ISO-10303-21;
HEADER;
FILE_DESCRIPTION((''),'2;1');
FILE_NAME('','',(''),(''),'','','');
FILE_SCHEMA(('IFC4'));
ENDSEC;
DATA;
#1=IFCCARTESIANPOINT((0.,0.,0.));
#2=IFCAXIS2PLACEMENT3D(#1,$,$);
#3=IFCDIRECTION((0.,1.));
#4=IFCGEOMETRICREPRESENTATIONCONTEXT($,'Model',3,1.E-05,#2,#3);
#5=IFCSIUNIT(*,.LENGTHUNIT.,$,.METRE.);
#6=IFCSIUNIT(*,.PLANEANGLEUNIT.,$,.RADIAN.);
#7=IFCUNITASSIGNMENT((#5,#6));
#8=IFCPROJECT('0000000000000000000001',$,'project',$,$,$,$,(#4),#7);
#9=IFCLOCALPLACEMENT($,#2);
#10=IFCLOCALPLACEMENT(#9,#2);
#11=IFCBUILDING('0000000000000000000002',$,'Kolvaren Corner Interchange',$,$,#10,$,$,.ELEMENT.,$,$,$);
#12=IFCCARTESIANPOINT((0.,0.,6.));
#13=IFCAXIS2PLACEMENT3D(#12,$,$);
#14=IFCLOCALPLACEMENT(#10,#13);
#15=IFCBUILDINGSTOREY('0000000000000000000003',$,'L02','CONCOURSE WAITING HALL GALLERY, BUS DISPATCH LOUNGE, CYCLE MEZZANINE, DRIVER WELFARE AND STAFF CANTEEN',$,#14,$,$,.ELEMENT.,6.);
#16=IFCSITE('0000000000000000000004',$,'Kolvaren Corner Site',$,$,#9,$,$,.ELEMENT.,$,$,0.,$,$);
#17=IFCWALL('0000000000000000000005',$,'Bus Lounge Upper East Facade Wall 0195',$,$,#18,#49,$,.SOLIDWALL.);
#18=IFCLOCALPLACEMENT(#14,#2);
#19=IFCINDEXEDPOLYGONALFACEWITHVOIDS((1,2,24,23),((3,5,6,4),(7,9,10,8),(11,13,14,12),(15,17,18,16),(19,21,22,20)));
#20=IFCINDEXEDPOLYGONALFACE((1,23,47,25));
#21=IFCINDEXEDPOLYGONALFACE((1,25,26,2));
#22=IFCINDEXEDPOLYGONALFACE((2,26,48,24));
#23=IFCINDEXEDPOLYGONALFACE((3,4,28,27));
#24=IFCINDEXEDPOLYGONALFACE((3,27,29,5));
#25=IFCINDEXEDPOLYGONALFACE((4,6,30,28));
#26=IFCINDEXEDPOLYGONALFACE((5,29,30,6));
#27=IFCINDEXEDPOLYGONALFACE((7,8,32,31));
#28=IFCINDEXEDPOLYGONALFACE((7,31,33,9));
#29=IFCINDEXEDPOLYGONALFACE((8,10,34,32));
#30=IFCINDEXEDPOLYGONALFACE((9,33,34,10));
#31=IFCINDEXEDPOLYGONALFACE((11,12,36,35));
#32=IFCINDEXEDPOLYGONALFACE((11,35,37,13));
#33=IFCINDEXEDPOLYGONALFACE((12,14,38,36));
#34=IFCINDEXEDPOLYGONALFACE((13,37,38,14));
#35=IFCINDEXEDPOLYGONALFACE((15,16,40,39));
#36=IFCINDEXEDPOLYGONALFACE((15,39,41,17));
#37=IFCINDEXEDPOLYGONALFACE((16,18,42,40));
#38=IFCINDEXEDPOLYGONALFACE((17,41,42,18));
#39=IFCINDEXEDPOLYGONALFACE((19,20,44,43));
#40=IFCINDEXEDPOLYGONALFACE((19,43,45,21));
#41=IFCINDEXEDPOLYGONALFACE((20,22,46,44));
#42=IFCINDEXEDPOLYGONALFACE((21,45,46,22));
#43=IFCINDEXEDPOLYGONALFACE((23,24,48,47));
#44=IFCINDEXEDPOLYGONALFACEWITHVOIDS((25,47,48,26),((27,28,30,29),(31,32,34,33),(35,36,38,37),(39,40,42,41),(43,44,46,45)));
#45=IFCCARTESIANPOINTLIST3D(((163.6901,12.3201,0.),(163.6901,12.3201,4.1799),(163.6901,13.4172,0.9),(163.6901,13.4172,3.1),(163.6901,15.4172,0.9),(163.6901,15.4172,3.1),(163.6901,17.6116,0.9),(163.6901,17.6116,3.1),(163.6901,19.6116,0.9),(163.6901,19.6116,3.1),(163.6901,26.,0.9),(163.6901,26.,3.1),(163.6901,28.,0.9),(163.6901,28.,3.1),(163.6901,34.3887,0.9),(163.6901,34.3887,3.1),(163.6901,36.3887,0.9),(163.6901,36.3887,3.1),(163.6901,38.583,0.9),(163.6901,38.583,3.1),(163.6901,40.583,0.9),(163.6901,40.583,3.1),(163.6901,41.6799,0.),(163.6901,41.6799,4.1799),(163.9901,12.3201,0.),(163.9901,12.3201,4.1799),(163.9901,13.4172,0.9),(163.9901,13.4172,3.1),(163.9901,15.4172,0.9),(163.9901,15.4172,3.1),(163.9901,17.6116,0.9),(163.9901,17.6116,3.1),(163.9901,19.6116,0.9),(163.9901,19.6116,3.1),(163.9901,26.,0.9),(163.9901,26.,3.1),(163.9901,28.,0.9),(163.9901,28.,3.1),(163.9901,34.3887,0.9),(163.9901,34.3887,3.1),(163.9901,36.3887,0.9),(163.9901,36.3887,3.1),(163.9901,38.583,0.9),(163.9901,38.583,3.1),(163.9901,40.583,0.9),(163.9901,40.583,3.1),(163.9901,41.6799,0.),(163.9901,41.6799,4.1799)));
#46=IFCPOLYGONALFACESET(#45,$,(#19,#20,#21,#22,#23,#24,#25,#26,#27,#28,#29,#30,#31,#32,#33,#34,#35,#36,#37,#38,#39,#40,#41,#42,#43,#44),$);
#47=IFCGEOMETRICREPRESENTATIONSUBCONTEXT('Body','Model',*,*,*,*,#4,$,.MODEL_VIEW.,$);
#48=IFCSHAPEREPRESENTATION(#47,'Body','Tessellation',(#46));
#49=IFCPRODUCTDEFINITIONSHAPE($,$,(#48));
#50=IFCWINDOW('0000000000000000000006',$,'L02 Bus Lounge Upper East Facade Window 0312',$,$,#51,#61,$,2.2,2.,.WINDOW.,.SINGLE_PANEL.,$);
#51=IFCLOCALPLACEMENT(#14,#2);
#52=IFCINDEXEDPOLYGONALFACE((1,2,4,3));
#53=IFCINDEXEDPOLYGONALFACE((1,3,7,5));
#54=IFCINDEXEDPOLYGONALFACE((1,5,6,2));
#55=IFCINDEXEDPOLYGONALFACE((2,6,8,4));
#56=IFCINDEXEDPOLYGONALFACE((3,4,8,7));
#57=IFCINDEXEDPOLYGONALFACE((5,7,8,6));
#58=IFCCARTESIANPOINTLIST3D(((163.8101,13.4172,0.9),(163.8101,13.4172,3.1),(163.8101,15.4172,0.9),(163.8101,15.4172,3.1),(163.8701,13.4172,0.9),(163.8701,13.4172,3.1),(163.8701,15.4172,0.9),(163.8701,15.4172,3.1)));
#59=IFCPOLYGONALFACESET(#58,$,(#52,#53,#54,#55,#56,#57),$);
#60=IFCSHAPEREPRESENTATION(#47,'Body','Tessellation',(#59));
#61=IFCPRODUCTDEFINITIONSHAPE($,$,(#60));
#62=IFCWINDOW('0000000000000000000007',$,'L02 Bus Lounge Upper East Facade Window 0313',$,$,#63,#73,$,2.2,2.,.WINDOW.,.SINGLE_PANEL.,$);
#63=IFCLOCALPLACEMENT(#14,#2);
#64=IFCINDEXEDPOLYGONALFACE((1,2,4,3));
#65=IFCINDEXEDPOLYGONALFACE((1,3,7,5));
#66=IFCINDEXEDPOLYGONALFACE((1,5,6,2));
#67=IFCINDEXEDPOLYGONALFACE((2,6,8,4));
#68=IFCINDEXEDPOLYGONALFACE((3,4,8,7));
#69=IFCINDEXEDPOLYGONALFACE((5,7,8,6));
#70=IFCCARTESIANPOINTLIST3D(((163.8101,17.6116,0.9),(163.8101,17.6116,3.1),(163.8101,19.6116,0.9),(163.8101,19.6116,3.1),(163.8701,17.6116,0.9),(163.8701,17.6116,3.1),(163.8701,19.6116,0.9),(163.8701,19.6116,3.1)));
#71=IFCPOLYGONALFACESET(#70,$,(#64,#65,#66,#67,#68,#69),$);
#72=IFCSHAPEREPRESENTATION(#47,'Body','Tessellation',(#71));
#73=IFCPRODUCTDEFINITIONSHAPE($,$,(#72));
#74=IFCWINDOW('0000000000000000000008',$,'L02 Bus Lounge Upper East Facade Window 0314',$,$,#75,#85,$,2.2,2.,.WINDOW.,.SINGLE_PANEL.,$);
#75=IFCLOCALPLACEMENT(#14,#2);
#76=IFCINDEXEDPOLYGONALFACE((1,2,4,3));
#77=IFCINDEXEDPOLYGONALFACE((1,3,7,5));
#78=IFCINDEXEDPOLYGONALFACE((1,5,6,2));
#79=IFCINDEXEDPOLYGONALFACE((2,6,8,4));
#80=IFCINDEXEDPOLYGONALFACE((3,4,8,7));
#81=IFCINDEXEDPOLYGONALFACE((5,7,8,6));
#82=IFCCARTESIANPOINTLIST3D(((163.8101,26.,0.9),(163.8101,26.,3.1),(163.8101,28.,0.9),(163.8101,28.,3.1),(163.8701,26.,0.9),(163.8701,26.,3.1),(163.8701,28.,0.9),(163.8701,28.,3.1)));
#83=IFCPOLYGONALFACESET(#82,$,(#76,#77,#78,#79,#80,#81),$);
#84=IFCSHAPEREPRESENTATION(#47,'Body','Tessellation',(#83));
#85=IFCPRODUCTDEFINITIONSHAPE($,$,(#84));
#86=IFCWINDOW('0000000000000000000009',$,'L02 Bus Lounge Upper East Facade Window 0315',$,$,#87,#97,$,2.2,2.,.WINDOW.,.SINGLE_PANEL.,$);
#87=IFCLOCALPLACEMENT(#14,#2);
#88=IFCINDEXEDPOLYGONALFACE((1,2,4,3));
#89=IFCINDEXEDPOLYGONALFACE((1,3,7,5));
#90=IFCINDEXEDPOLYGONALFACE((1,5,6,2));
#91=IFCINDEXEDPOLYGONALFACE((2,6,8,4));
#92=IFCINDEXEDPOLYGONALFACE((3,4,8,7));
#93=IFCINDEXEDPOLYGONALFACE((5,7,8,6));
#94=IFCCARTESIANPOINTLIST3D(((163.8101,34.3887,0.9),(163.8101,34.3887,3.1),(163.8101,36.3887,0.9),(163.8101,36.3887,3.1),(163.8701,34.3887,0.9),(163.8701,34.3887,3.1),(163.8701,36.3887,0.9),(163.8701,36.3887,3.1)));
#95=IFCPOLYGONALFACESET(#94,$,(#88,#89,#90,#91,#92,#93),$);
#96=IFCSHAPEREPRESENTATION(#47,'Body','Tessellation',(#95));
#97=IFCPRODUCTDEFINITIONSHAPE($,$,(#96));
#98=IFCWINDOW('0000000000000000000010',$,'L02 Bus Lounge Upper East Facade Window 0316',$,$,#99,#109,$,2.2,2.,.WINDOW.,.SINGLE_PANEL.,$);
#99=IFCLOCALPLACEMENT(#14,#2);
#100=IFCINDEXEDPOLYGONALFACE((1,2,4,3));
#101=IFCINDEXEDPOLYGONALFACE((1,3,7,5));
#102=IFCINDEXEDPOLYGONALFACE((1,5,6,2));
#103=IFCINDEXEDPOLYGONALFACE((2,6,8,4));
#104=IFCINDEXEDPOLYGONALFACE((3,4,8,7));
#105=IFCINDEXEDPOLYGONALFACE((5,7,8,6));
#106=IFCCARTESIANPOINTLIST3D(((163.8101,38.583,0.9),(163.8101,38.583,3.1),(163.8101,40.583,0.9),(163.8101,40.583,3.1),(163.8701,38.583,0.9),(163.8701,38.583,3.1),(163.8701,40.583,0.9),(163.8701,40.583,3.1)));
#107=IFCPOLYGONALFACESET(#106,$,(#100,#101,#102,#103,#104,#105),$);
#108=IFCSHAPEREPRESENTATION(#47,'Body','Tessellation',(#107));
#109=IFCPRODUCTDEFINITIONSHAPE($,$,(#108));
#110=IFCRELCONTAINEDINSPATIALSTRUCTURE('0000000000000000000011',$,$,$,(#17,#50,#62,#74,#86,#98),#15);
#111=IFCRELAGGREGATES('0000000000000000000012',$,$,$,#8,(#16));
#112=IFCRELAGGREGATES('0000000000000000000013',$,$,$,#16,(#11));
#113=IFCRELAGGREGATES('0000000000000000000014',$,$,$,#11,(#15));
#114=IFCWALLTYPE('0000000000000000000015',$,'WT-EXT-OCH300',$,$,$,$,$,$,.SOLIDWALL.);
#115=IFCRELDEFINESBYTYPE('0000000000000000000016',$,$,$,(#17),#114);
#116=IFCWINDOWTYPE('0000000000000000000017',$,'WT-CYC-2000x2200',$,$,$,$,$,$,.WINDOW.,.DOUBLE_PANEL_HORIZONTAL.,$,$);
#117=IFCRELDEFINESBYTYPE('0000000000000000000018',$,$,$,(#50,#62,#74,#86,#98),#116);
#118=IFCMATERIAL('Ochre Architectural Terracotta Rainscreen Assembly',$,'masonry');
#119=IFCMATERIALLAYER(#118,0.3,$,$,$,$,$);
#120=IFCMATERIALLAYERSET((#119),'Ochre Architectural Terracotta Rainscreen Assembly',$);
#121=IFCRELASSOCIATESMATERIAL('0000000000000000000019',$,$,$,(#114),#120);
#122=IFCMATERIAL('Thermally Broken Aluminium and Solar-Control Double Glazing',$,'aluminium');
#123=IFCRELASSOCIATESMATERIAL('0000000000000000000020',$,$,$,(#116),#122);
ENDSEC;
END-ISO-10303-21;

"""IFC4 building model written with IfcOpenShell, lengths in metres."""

from ifc_helpers import new_model, si_unit, direction, frame, frame_2d, origin, place, context, subcontext, project, spatial, rectangle, extrude, material, layer, layer_set, type_object, element, fill, save


model = new_model("IFC4")

# Units and contexts
model_context = context("Model", 3, precision=1e-05, world=origin(), true_north=direction((0.0, 1.0)))
body_context = subcontext(model_context, "Body", "Model", "MODEL_VIEW")
ifc_project = project(units=[si_unit("LENGTHUNIT", "METRE"), si_unit("PLANEANGLEUNIT", "RADIAN")], contexts=[model_context])

# Site, building, storey
site_placement = place(None, origin())
site = spatial("IfcSite", under=ifc_project, at=site_placement, Name="Kolvaren Corner Site", CompositionType="ELEMENT", RefElevation=0.0)
building_placement = place(site_placement, origin())
building = spatial("IfcBuilding", under=site, at=building_placement, Name="Kolvaren Corner Interchange", CompositionType="ELEMENT")
storey_placement = place(building_placement, frame((0.0, 0.0, 6.0)))
storey = spatial("IfcBuildingStorey", under=building, at=storey_placement, Name="L02", Description="CONCOURSE WAITING HALL GALLERY, BUS DISPATCH LOUNGE, CYCLE MEZZANINE, DRIVER WELFARE AND STAFF CANTEEN", CompositionType="ELEMENT", Elevation=6.0)

# Wall, openings, windows
ifc_material_1 = material(Name="Ochre Architectural Terracotta Rainscreen Assembly", Category="masonry")
ifc_layer_1 = layer(ifc_material_1, 0.3)
ifc_layer_set_1 = layer_set([ifc_layer_1], Name="Ochre Architectural Terracotta Rainscreen Assembly")
wall_type_1 = type_object("IfcWallType", Name="WT-EXT-OCH300", PredefinedType="SOLIDWALL", material=ifc_layer_set_1)
wall_1_placement = place(storey_placement, frame((163.8401, 12.3201, 0.0), z_axis=(0.0, 0.0, 1.0), x_axis=(0.0, 1.0, 0.0)))
wall_1 = element("IfcWall", 1, at=wall_1_placement, inside=storey, type_object=wall_type_1, Name="Bus Lounge Upper East Facade Wall 0195", PredefinedType="SOLIDWALL", context=body_context, shape_type="SweptSolid", body=[
    extrude(rectangle(XDim=29.3599, YDim=0.3, at=frame_2d((14.6799, 0.0))), origin(), (0.0, 0.0, 1.0), 4.1799),
])
opening_1_placement = place(wall_1_placement, frame((1.0972, 0.0, 0.8999)))
opening_1 = element("IfcOpeningElement", 2, at=opening_1_placement, cuts=wall_1, PredefinedType="OPENING", context=body_context, shape_type="SweptSolid", body=[
    extrude(rectangle(XDim=2.0, YDim=2.2, at=frame_2d((1.0, 1.1001))), frame((0.0, 0.1599, 0.0), z_axis=(0.0, -1.0, 0.0), x_axis=(1.0, 0.0, 0.0)), (0.0, 0.0, 1.0), 0.3201),
])
opening_2_placement = place(wall_1_placement, frame((5.2915, 0.0, 0.8999)))
opening_2 = element("IfcOpeningElement", 3, at=opening_2_placement, cuts=wall_1, PredefinedType="OPENING", context=body_context, shape_type="SweptSolid", body=[
    extrude(rectangle(XDim=2.0, YDim=2.2, at=frame_2d((1.0, 1.1001))), frame((0.0, 0.1599, 0.0), z_axis=(0.0, -1.0, 0.0), x_axis=(1.0, 0.0, 0.0)), (0.0, 0.0, 1.0), 0.3201),
])
opening_3_placement = place(wall_1_placement, frame((13.6799, 0.0, 0.8999)))
opening_3 = element("IfcOpeningElement", 4, at=opening_3_placement, cuts=wall_1, PredefinedType="OPENING", context=body_context, shape_type="SweptSolid", body=[
    extrude(rectangle(XDim=2.0, YDim=2.2, at=frame_2d((1.0, 1.1001))), frame((0.0, 0.1599, 0.0), z_axis=(0.0, -1.0, 0.0), x_axis=(1.0, 0.0, 0.0)), (0.0, 0.0, 1.0), 0.3201),
])
opening_4_placement = place(wall_1_placement, frame((22.0686, 0.0, 0.8999)))
opening_4 = element("IfcOpeningElement", 5, at=opening_4_placement, cuts=wall_1, PredefinedType="OPENING", context=body_context, shape_type="SweptSolid", body=[
    extrude(rectangle(XDim=2.0, YDim=2.2, at=frame_2d((1.0, 1.1001))), frame((0.0, 0.1599, 0.0), z_axis=(0.0, -1.0, 0.0), x_axis=(1.0, 0.0, 0.0)), (0.0, 0.0, 1.0), 0.3201),
])
opening_5_placement = place(wall_1_placement, frame((26.2629, 0.0, 0.8999)))
opening_5 = element("IfcOpeningElement", 6, at=opening_5_placement, cuts=wall_1, PredefinedType="OPENING", context=body_context, shape_type="SweptSolid", body=[
    extrude(rectangle(XDim=2.0, YDim=2.2, at=frame_2d((1.0, 1.1001))), frame((0.0, 0.1599, 0.0), z_axis=(0.0, -1.0, 0.0), x_axis=(1.0, 0.0, 0.0)), (0.0, 0.0, 1.0), 0.3201),
])
ifc_material_2 = material(Name="Thermally Broken Aluminium and Solar-Control Double Glazing", Category="aluminium")
window_type = type_object("IfcWindowType", Name="WT-CYC-2000x2200", PartitioningType="DOUBLE_PANEL_HORIZONTAL", PredefinedType="WINDOW", material=ifc_material_2)
window_1_placement = place(opening_1_placement, origin())
window_1 = element("IfcWindow", 7, at=window_1_placement, inside=storey, type_object=window_type, Name="L02 Bus Lounge Upper East Facade Window 0312", OverallHeight=2.2, OverallWidth=2.0, PartitioningType="SINGLE_PANEL", PredefinedType="WINDOW", context=body_context, shape_type="SweptSolid", body=[
    extrude(rectangle(XDim=2.0, YDim=2.2, at=frame_2d((1.0, 1.1001))), frame((0.0, 0.03, 0.0), z_axis=(0.0, -1.0, 0.0), x_axis=(1.0, 0.0, 0.0)), (0.0, 0.0, 1.0), 0.0601),
])
fill(opening_1, window_1)
window_2_placement = place(opening_2_placement, origin())
window_2 = element("IfcWindow", 8, at=window_2_placement, inside=storey, type_object=window_type, Name="L02 Bus Lounge Upper East Facade Window 0313", OverallHeight=2.2, OverallWidth=2.0, PartitioningType="SINGLE_PANEL", PredefinedType="WINDOW", context=body_context, shape_type="SweptSolid", body=[
    extrude(rectangle(XDim=2.0, YDim=2.2, at=frame_2d((1.0, 1.1001))), frame((0.0, 0.03, 0.0), z_axis=(0.0, -1.0, 0.0), x_axis=(1.0, 0.0, 0.0)), (0.0, 0.0, 1.0), 0.0601),
])
fill(opening_2, window_2)
window_3_placement = place(opening_3_placement, origin())
window_3 = element("IfcWindow", 9, at=window_3_placement, inside=storey, type_object=window_type, Name="L02 Bus Lounge Upper East Facade Window 0314", OverallHeight=2.2, OverallWidth=2.0, PartitioningType="SINGLE_PANEL", PredefinedType="WINDOW", context=body_context, shape_type="SweptSolid", body=[
    extrude(rectangle(XDim=2.0, YDim=2.2, at=frame_2d((1.0, 1.1001))), frame((0.0, 0.03, 0.0), z_axis=(0.0, -1.0, 0.0), x_axis=(1.0, 0.0, 0.0)), (0.0, 0.0, 1.0), 0.0601),
])
fill(opening_3, window_3)
window_4_placement = place(opening_4_placement, origin())
window_4 = element("IfcWindow", 10, at=window_4_placement, inside=storey, type_object=window_type, Name="L02 Bus Lounge Upper East Facade Window 0315", OverallHeight=2.2, OverallWidth=2.0, PartitioningType="SINGLE_PANEL", PredefinedType="WINDOW", context=body_context, shape_type="SweptSolid", body=[
    extrude(rectangle(XDim=2.0, YDim=2.2, at=frame_2d((1.0, 1.1001))), frame((0.0, 0.03, 0.0), z_axis=(0.0, -1.0, 0.0), x_axis=(1.0, 0.0, 0.0)), (0.0, 0.0, 1.0), 0.0601),
])
fill(opening_4, window_4)
window_5_placement = place(opening_5_placement, origin())
window_5 = element("IfcWindow", 11, at=window_5_placement, inside=storey, type_object=window_type, Name="L02 Bus Lounge Upper East Facade Window 0316", OverallHeight=2.2, OverallWidth=2.0, PartitioningType="SINGLE_PANEL", PredefinedType="WINDOW", context=body_context, shape_type="SweptSolid", body=[
    extrude(rectangle(XDim=2.0, YDim=2.2, at=frame_2d((1.0, 1.1001))), frame((0.0, 0.03, 0.0), z_axis=(0.0, -1.0, 0.0), x_axis=(1.0, 0.0, 0.0)), (0.0, 0.0, 1.0), 0.0601),
])
fill(opening_5, window_5)

save(model, "model.ifc")
